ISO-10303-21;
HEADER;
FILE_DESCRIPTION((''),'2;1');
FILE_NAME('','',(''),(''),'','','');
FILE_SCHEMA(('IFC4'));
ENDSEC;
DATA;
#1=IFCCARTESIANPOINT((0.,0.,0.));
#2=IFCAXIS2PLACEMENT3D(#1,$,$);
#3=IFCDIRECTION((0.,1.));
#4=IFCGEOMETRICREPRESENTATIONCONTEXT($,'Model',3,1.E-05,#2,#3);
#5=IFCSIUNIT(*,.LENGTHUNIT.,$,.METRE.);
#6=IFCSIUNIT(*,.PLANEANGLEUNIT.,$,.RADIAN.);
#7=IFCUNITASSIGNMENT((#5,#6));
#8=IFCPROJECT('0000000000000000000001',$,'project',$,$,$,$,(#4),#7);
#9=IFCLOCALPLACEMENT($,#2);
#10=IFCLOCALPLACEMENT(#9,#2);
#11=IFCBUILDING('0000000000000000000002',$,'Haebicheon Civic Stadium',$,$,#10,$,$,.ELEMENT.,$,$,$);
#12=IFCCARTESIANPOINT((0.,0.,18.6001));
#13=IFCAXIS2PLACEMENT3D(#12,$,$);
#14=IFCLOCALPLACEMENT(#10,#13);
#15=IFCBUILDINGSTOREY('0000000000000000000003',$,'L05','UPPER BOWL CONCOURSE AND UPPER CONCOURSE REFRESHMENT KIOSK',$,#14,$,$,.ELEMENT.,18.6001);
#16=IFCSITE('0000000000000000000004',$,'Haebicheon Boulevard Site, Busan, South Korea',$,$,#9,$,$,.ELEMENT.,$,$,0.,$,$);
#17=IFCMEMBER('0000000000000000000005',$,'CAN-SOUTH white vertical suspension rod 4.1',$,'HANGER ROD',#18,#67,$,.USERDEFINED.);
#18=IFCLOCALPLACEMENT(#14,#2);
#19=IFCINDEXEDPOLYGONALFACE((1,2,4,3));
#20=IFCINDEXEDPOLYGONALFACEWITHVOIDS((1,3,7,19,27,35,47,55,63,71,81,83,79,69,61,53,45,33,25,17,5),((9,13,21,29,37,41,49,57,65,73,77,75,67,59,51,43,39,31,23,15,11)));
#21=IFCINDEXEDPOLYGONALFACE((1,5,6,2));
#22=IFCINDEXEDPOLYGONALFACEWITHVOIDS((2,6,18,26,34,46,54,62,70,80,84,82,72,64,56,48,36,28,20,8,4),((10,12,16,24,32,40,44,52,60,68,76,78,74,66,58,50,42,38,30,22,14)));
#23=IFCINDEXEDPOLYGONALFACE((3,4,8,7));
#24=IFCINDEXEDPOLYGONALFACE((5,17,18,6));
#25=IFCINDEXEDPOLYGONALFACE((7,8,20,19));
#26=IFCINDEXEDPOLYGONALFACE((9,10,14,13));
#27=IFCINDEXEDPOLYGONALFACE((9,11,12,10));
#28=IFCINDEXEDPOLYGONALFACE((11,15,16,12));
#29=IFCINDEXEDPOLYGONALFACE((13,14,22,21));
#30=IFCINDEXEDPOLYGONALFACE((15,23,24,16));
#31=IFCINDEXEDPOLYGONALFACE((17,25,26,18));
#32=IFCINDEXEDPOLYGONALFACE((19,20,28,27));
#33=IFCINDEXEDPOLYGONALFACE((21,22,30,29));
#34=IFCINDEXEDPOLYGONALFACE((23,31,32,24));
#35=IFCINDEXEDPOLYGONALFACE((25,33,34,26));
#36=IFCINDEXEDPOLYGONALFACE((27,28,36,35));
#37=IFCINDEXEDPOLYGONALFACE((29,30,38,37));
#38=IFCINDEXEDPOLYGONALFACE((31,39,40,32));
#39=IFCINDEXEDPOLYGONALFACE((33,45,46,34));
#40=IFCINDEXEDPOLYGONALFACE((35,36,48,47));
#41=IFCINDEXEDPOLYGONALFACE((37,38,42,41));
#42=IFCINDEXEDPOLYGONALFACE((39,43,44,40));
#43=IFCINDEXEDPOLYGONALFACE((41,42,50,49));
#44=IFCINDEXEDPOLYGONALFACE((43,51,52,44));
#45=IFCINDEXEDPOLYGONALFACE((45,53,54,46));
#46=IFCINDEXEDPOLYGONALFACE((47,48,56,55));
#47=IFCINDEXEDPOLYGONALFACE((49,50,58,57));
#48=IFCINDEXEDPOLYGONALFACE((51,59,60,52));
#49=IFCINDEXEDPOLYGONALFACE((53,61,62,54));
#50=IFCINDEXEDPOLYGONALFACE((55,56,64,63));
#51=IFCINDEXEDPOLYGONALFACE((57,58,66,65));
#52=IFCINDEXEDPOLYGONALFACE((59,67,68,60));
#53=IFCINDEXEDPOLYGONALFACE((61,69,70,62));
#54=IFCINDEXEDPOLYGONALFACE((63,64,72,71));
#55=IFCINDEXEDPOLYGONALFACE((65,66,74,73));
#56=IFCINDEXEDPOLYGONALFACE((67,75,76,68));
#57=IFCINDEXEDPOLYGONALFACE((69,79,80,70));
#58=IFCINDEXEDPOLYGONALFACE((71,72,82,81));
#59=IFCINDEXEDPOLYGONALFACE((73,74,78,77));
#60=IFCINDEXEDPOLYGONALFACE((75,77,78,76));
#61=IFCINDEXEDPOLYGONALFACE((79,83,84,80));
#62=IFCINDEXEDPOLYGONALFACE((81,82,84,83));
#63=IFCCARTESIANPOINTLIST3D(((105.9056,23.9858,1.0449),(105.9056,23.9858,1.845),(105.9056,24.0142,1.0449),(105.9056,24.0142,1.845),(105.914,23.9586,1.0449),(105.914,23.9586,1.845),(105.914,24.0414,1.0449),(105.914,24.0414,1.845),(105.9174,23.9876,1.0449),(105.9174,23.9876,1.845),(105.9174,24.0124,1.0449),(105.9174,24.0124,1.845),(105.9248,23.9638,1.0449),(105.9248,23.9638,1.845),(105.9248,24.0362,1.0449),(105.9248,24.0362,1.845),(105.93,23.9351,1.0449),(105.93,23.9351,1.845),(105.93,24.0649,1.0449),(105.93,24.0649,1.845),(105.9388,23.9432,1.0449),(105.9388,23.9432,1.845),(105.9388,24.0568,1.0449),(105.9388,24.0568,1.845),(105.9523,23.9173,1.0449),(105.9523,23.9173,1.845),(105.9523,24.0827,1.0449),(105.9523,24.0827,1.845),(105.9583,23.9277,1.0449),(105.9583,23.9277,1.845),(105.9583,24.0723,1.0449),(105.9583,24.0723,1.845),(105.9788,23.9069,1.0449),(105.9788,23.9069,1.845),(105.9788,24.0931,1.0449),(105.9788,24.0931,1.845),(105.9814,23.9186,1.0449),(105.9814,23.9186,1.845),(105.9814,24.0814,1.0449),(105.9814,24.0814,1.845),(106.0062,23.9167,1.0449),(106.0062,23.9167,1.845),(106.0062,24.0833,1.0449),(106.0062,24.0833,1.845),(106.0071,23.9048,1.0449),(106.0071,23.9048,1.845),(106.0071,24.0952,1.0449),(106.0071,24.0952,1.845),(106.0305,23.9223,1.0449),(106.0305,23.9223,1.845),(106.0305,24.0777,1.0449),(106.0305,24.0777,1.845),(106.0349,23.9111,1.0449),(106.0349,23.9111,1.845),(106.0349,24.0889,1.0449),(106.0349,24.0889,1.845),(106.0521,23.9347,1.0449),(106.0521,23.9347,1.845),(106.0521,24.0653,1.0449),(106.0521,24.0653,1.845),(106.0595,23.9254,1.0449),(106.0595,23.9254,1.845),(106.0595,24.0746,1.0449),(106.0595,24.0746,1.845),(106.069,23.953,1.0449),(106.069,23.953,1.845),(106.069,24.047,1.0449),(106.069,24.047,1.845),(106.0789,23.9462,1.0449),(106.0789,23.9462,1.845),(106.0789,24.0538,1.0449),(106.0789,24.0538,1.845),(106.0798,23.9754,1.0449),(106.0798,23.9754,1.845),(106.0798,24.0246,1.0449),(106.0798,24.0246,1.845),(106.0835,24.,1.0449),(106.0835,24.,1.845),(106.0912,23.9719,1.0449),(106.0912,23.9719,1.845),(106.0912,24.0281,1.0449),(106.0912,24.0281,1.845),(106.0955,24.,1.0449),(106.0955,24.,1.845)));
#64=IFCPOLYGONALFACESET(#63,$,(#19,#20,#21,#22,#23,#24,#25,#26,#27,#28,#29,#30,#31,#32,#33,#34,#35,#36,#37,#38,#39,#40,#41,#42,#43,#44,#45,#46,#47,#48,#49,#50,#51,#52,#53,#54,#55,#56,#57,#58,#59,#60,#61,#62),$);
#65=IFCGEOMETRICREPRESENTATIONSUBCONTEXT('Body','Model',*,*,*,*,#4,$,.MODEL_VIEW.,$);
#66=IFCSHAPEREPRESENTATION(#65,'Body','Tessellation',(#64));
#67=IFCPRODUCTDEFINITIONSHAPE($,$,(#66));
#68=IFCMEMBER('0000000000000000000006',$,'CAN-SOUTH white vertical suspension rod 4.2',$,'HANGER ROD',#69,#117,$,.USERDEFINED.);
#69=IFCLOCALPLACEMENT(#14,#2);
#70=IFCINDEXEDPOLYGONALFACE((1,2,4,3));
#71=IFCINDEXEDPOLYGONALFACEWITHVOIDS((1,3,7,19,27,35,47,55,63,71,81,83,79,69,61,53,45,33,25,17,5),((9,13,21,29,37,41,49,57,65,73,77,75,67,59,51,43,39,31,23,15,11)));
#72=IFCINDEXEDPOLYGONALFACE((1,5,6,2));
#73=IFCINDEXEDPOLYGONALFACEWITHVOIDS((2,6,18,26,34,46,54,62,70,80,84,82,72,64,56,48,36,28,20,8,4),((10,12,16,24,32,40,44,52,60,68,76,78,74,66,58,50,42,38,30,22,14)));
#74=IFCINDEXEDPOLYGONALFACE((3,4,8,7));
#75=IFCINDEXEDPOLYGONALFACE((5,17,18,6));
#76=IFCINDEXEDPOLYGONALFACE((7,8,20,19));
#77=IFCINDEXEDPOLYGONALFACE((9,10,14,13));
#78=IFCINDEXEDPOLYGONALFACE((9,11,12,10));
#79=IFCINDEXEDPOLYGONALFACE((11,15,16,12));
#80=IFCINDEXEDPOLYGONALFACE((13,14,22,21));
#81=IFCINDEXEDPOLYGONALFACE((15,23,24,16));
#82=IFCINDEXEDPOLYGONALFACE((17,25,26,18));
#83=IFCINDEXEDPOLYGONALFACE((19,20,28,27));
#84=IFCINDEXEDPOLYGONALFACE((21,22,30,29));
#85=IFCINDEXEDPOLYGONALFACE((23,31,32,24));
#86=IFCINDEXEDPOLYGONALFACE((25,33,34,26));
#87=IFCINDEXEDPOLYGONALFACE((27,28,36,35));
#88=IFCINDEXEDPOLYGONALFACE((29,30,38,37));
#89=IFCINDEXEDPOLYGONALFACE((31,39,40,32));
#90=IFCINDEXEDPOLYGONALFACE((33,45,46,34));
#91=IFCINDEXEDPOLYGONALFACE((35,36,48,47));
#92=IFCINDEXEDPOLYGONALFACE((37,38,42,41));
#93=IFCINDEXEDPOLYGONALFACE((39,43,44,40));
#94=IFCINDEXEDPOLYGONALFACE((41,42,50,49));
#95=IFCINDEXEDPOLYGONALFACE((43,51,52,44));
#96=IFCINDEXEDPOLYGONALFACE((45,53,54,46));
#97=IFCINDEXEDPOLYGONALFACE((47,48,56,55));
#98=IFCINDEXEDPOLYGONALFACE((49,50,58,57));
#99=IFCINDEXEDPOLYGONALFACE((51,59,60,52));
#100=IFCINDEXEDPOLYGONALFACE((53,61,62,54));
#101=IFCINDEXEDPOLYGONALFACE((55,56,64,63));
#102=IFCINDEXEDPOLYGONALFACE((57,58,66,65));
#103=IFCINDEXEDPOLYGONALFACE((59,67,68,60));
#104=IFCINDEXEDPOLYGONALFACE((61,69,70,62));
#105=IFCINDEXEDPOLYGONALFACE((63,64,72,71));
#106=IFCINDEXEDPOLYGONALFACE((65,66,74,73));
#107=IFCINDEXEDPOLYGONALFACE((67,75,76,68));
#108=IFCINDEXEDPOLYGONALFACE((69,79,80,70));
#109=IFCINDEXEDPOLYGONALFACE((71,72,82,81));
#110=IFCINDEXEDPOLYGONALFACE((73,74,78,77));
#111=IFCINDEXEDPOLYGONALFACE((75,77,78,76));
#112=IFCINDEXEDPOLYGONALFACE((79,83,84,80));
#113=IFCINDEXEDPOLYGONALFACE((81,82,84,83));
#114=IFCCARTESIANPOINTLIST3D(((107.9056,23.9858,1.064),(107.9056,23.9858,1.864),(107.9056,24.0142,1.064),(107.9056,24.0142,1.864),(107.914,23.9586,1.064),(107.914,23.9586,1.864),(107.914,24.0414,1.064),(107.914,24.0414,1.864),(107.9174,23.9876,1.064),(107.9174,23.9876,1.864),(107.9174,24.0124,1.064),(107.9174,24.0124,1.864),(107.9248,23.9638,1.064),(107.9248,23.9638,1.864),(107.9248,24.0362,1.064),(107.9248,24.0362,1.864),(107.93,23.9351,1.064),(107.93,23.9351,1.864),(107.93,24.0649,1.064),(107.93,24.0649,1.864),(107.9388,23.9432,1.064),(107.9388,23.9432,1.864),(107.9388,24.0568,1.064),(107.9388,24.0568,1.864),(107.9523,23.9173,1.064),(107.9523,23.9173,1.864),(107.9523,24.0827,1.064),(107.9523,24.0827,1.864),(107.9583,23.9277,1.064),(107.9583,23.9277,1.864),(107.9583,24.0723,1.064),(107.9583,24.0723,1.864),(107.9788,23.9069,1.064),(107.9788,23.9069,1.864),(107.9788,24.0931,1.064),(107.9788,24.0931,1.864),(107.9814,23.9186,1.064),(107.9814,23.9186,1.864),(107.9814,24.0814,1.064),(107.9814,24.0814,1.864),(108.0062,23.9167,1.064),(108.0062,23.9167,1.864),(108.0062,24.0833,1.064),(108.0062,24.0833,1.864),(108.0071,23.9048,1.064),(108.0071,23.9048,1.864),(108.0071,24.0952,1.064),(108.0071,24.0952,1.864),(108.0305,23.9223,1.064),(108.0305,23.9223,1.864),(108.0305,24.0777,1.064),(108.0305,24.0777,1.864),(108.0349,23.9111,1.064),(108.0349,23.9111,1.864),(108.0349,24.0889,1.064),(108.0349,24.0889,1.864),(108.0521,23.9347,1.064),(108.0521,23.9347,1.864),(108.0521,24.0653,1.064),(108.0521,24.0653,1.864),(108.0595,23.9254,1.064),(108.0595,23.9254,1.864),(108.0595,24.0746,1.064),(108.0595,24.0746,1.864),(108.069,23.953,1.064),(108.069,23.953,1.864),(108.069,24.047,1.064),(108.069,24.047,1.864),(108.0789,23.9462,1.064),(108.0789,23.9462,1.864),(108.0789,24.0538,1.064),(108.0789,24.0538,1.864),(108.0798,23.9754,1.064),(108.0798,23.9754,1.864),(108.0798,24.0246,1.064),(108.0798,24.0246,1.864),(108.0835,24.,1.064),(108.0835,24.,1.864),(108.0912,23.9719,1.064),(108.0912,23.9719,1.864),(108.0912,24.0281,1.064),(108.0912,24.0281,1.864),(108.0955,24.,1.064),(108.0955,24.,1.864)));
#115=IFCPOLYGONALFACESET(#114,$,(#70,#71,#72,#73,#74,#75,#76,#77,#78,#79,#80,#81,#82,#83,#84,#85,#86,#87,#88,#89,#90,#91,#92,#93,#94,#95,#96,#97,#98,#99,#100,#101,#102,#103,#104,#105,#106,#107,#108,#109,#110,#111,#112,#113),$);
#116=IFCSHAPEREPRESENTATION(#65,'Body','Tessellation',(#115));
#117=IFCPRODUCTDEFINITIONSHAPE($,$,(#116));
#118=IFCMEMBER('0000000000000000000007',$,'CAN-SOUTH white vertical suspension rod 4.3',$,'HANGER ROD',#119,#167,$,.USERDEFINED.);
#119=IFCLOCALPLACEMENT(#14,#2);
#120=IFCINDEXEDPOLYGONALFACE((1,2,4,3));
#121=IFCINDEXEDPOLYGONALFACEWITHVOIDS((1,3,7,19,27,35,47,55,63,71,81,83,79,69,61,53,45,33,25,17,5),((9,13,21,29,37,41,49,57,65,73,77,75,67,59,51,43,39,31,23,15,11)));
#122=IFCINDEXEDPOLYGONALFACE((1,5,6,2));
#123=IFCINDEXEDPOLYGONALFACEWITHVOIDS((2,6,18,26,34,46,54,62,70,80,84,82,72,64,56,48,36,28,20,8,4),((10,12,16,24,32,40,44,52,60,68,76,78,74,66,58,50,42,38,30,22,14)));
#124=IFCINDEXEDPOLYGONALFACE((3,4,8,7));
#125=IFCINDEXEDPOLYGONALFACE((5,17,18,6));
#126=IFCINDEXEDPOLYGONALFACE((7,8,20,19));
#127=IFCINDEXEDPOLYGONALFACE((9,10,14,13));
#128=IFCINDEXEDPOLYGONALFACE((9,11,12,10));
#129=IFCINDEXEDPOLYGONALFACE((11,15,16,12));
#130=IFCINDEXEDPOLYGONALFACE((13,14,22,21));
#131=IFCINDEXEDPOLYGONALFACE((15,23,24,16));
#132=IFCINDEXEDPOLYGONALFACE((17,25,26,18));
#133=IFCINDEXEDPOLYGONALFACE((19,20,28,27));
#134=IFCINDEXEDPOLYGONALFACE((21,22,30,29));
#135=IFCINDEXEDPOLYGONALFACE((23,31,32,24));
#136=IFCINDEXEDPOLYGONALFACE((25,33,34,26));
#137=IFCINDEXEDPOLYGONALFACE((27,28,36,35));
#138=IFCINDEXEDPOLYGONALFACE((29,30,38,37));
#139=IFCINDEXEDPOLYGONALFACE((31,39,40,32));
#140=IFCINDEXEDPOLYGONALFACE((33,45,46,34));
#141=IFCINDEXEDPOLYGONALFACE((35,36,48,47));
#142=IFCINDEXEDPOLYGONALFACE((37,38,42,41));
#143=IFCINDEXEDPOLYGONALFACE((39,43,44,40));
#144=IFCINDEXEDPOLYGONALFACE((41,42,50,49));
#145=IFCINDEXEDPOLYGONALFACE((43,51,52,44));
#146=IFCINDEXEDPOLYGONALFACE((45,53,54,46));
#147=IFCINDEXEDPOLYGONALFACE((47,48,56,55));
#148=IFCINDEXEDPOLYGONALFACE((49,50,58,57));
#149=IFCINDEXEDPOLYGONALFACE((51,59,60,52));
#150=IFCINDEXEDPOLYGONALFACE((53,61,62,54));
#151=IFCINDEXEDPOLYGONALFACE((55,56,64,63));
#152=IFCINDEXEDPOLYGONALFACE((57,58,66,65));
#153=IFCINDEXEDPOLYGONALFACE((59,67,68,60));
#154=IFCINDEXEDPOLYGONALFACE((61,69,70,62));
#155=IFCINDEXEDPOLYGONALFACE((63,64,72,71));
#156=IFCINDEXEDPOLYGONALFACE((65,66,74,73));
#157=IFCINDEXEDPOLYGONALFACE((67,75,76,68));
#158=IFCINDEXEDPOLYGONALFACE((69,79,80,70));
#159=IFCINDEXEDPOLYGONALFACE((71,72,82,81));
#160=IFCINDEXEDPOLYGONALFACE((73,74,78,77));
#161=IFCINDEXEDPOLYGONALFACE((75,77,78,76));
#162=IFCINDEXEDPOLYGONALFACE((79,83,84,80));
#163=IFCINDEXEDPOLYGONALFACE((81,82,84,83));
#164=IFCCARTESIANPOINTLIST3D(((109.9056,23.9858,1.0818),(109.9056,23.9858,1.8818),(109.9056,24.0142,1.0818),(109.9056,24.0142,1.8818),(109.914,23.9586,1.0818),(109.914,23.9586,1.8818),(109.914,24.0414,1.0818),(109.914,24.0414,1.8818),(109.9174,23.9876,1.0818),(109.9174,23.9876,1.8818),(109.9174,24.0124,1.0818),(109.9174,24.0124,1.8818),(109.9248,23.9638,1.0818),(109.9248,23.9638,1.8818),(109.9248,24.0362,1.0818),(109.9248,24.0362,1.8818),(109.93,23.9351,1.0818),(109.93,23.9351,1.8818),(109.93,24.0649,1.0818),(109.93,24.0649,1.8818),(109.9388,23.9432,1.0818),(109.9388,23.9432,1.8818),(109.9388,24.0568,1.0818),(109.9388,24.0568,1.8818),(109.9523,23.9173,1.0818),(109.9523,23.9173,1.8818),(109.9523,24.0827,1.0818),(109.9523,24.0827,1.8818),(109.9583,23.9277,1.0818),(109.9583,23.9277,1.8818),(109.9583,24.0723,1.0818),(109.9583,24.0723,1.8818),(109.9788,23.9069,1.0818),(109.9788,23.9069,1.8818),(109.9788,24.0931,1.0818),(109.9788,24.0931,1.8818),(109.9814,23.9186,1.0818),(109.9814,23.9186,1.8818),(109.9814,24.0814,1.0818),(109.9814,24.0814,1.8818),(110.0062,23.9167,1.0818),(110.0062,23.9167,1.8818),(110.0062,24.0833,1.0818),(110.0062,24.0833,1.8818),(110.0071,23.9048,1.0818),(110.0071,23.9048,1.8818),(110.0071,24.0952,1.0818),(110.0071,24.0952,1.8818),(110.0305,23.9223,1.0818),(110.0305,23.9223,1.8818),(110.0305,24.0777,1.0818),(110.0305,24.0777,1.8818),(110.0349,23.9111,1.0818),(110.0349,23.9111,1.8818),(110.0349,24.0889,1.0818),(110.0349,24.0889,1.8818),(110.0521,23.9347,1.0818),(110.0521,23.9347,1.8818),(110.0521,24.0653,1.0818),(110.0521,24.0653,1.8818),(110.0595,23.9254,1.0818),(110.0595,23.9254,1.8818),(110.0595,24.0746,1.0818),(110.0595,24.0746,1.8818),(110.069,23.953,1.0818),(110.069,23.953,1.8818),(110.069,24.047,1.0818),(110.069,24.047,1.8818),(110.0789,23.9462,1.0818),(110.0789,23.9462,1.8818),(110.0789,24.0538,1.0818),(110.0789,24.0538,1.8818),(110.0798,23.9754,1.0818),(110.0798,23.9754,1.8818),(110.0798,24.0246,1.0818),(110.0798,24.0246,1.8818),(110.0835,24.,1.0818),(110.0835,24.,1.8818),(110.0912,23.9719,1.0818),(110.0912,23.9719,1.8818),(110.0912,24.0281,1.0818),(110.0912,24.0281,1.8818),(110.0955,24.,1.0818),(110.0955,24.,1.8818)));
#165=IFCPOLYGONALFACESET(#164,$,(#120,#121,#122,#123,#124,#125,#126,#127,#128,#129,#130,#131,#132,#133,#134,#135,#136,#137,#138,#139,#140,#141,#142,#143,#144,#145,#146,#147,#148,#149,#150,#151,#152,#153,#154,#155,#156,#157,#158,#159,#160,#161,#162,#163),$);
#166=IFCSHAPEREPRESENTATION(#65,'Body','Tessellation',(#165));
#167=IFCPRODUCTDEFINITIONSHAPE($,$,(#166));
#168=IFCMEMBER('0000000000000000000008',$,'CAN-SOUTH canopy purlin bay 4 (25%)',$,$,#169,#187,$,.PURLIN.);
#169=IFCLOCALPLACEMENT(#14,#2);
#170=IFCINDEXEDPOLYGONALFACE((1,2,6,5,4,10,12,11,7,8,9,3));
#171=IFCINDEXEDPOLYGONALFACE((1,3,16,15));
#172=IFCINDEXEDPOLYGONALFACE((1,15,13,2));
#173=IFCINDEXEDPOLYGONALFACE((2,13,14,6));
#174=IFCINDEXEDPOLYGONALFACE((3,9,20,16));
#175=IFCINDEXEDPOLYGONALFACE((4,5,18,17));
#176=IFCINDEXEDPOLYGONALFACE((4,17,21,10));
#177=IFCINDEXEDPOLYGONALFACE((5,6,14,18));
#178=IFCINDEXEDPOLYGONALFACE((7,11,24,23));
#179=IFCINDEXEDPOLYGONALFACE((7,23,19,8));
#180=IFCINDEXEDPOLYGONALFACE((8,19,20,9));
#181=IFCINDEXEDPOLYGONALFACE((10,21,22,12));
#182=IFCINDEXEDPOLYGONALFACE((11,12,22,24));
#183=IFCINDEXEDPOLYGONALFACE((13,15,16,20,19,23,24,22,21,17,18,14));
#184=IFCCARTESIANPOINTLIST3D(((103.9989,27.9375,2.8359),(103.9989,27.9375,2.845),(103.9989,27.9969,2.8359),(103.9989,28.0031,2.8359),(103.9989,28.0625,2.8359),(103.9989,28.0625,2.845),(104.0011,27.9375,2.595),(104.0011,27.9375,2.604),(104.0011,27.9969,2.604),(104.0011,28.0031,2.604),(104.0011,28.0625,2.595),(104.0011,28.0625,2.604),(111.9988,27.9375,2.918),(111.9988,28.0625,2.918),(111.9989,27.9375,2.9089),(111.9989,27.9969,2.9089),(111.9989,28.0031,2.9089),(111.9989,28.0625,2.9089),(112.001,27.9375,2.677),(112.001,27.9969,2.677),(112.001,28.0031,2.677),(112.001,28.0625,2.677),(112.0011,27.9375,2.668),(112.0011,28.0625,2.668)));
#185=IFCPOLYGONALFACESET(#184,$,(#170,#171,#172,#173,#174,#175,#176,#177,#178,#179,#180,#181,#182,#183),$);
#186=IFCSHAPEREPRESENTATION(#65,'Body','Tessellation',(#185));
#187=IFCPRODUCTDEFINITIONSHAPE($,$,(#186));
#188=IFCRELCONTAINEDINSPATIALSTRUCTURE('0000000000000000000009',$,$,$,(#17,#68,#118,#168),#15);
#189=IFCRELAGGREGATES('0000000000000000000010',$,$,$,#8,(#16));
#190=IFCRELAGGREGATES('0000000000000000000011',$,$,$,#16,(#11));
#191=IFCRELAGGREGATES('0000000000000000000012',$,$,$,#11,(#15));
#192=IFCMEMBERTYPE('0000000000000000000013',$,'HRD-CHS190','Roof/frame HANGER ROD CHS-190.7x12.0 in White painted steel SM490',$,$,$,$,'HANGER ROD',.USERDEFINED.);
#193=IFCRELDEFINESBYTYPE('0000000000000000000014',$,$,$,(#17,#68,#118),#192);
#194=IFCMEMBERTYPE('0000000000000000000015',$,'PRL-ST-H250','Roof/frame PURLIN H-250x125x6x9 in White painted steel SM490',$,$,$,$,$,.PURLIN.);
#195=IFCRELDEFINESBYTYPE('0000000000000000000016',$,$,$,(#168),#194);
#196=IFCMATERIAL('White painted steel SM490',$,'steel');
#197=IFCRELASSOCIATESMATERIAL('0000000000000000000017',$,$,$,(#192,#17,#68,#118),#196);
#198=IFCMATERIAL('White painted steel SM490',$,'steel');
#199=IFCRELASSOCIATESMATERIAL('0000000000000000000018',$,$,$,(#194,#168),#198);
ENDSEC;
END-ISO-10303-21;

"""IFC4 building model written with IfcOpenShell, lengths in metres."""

from ifc_helpers import new_model, si_unit, direction, frame, origin, origin_2d, place, context, subcontext, project, spatial, hollow_circle, i_section, extrude, material, material_profile, profile_set, type_object, element, save


model = new_model("IFC4")

# Units and contexts
model_context = context("Model", 3, precision=1e-05, world=origin(), true_north=direction((0.0, 1.0)))
body_context = subcontext(model_context, "Body", "Model", "MODEL_VIEW")
ifc_project = project(units=[si_unit("LENGTHUNIT", "METRE"), si_unit("PLANEANGLEUNIT", "RADIAN")], contexts=[model_context])

# Site, building, storey
site_placement = place(None, origin())
site = spatial("IfcSite", under=ifc_project, at=site_placement, Name="Haebicheon Boulevard Site, Busan, South Korea", CompositionType="ELEMENT", RefElevation=0.0)
building_placement = place(site_placement, origin())
building = spatial("IfcBuilding", under=site, at=building_placement, Name="Haebicheon Civic Stadium", CompositionType="ELEMENT")
storey_placement = place(building_placement, frame((0.0, 0.0, 18.6001)))
storey = spatial("IfcBuildingStorey", under=building, at=storey_placement, Name="L05", Description="UPPER BOWL CONCOURSE AND UPPER CONCOURSE REFRESHMENT KIOSK", CompositionType="ELEMENT", Elevation=18.6001)

# Members
ifc_material_1 = material(Name="White painted steel SM490", Category="steel")
ifc_material_profile_1 = material_profile(ifc_material_1, hollow_circle(Radius=0.0955, WallThickness=0.012, at=origin_2d()), Name="CHS-190.7x12.0")
ifc_profile_set_1 = profile_set([ifc_material_profile_1], Name="White painted steel SM490")
member_type_1 = type_object("IfcMemberType", Name="HRD-CHS190", Description="Roof/frame HANGER ROD CHS-190.7x12.0 in White painted steel SM490", ElementType="HANGER ROD", PredefinedType="USERDEFINED", material=ifc_profile_set_1)
for number, where, z_axis, x_axis, name in (
    (1, (106.0, 24.0, 1.0449), (0.0, 0.0, 1.0), (1.0, 0.0, 0.0), "CAN-SOUTH white vertical suspension rod 4.1"),
    (2, (108.0, 24.0, 1.064), (0.0, 0.0, 1.0), (1.0, 0.0, 0.0), "CAN-SOUTH white vertical suspension rod 4.2"),
    (3, (110.0, 24.0, 1.0818), (0.0, 0.0, 1.0), (1.0, 0.0, 0.0), "CAN-SOUTH white vertical suspension rod 4.3"),
):
    element("IfcMember", number, at=place(storey_placement, frame(where, z_axis=z_axis, x_axis=x_axis)), inside=storey, type_object=member_type_1, material=ifc_profile_set_1, Name=name, ObjectType="HANGER ROD", PredefinedType="USERDEFINED", context=body_context, shape_type="SweptSolid", body=[
        extrude(hollow_circle(Radius=0.0955, WallThickness=0.012, at=origin_2d()), origin(), (0.0, 0.0, 1.0), 0.8),
    ])
ifc_material_2 = material(Name="White painted steel SM490", Category="steel")
ifc_material_profile_2 = material_profile(ifc_material_2, i_section(OverallWidth=0.125, OverallDepth=0.25, WebThickness=0.0061, FlangeThickness=0.009, at=origin_2d()), Name="H-250x125x6x9")
ifc_profile_set_2 = profile_set([ifc_material_profile_2], Name="White painted steel SM490")
member_type_2 = type_object("IfcMemberType", Name="PRL-ST-H250", Description="Roof/frame PURLIN H-250x125x6x9 in White painted steel SM490", PredefinedType="PURLIN", material=ifc_profile_set_2)
member_1_placement = place(storey_placement, frame((104.0, 28.0, 2.72), z_axis=(0.999958, 0.0, 0.009124), x_axis=(0.0, 1.0, 0.0)))
element("IfcMember", 4, at=member_1_placement, inside=storey, type_object=member_type_2, material=ifc_profile_set_2, Name="CAN-SOUTH canopy purlin bay 4 (25%)", PredefinedType="PURLIN", context=body_context, shape_type="SweptSolid", body=[
    extrude(i_section(OverallWidth=0.125, OverallDepth=0.25, WebThickness=0.0061, FlangeThickness=0.009, at=origin_2d()), origin(), (0.0, 0.0, 1.0), 8.0002),
])

save(model, "model.ifc")
